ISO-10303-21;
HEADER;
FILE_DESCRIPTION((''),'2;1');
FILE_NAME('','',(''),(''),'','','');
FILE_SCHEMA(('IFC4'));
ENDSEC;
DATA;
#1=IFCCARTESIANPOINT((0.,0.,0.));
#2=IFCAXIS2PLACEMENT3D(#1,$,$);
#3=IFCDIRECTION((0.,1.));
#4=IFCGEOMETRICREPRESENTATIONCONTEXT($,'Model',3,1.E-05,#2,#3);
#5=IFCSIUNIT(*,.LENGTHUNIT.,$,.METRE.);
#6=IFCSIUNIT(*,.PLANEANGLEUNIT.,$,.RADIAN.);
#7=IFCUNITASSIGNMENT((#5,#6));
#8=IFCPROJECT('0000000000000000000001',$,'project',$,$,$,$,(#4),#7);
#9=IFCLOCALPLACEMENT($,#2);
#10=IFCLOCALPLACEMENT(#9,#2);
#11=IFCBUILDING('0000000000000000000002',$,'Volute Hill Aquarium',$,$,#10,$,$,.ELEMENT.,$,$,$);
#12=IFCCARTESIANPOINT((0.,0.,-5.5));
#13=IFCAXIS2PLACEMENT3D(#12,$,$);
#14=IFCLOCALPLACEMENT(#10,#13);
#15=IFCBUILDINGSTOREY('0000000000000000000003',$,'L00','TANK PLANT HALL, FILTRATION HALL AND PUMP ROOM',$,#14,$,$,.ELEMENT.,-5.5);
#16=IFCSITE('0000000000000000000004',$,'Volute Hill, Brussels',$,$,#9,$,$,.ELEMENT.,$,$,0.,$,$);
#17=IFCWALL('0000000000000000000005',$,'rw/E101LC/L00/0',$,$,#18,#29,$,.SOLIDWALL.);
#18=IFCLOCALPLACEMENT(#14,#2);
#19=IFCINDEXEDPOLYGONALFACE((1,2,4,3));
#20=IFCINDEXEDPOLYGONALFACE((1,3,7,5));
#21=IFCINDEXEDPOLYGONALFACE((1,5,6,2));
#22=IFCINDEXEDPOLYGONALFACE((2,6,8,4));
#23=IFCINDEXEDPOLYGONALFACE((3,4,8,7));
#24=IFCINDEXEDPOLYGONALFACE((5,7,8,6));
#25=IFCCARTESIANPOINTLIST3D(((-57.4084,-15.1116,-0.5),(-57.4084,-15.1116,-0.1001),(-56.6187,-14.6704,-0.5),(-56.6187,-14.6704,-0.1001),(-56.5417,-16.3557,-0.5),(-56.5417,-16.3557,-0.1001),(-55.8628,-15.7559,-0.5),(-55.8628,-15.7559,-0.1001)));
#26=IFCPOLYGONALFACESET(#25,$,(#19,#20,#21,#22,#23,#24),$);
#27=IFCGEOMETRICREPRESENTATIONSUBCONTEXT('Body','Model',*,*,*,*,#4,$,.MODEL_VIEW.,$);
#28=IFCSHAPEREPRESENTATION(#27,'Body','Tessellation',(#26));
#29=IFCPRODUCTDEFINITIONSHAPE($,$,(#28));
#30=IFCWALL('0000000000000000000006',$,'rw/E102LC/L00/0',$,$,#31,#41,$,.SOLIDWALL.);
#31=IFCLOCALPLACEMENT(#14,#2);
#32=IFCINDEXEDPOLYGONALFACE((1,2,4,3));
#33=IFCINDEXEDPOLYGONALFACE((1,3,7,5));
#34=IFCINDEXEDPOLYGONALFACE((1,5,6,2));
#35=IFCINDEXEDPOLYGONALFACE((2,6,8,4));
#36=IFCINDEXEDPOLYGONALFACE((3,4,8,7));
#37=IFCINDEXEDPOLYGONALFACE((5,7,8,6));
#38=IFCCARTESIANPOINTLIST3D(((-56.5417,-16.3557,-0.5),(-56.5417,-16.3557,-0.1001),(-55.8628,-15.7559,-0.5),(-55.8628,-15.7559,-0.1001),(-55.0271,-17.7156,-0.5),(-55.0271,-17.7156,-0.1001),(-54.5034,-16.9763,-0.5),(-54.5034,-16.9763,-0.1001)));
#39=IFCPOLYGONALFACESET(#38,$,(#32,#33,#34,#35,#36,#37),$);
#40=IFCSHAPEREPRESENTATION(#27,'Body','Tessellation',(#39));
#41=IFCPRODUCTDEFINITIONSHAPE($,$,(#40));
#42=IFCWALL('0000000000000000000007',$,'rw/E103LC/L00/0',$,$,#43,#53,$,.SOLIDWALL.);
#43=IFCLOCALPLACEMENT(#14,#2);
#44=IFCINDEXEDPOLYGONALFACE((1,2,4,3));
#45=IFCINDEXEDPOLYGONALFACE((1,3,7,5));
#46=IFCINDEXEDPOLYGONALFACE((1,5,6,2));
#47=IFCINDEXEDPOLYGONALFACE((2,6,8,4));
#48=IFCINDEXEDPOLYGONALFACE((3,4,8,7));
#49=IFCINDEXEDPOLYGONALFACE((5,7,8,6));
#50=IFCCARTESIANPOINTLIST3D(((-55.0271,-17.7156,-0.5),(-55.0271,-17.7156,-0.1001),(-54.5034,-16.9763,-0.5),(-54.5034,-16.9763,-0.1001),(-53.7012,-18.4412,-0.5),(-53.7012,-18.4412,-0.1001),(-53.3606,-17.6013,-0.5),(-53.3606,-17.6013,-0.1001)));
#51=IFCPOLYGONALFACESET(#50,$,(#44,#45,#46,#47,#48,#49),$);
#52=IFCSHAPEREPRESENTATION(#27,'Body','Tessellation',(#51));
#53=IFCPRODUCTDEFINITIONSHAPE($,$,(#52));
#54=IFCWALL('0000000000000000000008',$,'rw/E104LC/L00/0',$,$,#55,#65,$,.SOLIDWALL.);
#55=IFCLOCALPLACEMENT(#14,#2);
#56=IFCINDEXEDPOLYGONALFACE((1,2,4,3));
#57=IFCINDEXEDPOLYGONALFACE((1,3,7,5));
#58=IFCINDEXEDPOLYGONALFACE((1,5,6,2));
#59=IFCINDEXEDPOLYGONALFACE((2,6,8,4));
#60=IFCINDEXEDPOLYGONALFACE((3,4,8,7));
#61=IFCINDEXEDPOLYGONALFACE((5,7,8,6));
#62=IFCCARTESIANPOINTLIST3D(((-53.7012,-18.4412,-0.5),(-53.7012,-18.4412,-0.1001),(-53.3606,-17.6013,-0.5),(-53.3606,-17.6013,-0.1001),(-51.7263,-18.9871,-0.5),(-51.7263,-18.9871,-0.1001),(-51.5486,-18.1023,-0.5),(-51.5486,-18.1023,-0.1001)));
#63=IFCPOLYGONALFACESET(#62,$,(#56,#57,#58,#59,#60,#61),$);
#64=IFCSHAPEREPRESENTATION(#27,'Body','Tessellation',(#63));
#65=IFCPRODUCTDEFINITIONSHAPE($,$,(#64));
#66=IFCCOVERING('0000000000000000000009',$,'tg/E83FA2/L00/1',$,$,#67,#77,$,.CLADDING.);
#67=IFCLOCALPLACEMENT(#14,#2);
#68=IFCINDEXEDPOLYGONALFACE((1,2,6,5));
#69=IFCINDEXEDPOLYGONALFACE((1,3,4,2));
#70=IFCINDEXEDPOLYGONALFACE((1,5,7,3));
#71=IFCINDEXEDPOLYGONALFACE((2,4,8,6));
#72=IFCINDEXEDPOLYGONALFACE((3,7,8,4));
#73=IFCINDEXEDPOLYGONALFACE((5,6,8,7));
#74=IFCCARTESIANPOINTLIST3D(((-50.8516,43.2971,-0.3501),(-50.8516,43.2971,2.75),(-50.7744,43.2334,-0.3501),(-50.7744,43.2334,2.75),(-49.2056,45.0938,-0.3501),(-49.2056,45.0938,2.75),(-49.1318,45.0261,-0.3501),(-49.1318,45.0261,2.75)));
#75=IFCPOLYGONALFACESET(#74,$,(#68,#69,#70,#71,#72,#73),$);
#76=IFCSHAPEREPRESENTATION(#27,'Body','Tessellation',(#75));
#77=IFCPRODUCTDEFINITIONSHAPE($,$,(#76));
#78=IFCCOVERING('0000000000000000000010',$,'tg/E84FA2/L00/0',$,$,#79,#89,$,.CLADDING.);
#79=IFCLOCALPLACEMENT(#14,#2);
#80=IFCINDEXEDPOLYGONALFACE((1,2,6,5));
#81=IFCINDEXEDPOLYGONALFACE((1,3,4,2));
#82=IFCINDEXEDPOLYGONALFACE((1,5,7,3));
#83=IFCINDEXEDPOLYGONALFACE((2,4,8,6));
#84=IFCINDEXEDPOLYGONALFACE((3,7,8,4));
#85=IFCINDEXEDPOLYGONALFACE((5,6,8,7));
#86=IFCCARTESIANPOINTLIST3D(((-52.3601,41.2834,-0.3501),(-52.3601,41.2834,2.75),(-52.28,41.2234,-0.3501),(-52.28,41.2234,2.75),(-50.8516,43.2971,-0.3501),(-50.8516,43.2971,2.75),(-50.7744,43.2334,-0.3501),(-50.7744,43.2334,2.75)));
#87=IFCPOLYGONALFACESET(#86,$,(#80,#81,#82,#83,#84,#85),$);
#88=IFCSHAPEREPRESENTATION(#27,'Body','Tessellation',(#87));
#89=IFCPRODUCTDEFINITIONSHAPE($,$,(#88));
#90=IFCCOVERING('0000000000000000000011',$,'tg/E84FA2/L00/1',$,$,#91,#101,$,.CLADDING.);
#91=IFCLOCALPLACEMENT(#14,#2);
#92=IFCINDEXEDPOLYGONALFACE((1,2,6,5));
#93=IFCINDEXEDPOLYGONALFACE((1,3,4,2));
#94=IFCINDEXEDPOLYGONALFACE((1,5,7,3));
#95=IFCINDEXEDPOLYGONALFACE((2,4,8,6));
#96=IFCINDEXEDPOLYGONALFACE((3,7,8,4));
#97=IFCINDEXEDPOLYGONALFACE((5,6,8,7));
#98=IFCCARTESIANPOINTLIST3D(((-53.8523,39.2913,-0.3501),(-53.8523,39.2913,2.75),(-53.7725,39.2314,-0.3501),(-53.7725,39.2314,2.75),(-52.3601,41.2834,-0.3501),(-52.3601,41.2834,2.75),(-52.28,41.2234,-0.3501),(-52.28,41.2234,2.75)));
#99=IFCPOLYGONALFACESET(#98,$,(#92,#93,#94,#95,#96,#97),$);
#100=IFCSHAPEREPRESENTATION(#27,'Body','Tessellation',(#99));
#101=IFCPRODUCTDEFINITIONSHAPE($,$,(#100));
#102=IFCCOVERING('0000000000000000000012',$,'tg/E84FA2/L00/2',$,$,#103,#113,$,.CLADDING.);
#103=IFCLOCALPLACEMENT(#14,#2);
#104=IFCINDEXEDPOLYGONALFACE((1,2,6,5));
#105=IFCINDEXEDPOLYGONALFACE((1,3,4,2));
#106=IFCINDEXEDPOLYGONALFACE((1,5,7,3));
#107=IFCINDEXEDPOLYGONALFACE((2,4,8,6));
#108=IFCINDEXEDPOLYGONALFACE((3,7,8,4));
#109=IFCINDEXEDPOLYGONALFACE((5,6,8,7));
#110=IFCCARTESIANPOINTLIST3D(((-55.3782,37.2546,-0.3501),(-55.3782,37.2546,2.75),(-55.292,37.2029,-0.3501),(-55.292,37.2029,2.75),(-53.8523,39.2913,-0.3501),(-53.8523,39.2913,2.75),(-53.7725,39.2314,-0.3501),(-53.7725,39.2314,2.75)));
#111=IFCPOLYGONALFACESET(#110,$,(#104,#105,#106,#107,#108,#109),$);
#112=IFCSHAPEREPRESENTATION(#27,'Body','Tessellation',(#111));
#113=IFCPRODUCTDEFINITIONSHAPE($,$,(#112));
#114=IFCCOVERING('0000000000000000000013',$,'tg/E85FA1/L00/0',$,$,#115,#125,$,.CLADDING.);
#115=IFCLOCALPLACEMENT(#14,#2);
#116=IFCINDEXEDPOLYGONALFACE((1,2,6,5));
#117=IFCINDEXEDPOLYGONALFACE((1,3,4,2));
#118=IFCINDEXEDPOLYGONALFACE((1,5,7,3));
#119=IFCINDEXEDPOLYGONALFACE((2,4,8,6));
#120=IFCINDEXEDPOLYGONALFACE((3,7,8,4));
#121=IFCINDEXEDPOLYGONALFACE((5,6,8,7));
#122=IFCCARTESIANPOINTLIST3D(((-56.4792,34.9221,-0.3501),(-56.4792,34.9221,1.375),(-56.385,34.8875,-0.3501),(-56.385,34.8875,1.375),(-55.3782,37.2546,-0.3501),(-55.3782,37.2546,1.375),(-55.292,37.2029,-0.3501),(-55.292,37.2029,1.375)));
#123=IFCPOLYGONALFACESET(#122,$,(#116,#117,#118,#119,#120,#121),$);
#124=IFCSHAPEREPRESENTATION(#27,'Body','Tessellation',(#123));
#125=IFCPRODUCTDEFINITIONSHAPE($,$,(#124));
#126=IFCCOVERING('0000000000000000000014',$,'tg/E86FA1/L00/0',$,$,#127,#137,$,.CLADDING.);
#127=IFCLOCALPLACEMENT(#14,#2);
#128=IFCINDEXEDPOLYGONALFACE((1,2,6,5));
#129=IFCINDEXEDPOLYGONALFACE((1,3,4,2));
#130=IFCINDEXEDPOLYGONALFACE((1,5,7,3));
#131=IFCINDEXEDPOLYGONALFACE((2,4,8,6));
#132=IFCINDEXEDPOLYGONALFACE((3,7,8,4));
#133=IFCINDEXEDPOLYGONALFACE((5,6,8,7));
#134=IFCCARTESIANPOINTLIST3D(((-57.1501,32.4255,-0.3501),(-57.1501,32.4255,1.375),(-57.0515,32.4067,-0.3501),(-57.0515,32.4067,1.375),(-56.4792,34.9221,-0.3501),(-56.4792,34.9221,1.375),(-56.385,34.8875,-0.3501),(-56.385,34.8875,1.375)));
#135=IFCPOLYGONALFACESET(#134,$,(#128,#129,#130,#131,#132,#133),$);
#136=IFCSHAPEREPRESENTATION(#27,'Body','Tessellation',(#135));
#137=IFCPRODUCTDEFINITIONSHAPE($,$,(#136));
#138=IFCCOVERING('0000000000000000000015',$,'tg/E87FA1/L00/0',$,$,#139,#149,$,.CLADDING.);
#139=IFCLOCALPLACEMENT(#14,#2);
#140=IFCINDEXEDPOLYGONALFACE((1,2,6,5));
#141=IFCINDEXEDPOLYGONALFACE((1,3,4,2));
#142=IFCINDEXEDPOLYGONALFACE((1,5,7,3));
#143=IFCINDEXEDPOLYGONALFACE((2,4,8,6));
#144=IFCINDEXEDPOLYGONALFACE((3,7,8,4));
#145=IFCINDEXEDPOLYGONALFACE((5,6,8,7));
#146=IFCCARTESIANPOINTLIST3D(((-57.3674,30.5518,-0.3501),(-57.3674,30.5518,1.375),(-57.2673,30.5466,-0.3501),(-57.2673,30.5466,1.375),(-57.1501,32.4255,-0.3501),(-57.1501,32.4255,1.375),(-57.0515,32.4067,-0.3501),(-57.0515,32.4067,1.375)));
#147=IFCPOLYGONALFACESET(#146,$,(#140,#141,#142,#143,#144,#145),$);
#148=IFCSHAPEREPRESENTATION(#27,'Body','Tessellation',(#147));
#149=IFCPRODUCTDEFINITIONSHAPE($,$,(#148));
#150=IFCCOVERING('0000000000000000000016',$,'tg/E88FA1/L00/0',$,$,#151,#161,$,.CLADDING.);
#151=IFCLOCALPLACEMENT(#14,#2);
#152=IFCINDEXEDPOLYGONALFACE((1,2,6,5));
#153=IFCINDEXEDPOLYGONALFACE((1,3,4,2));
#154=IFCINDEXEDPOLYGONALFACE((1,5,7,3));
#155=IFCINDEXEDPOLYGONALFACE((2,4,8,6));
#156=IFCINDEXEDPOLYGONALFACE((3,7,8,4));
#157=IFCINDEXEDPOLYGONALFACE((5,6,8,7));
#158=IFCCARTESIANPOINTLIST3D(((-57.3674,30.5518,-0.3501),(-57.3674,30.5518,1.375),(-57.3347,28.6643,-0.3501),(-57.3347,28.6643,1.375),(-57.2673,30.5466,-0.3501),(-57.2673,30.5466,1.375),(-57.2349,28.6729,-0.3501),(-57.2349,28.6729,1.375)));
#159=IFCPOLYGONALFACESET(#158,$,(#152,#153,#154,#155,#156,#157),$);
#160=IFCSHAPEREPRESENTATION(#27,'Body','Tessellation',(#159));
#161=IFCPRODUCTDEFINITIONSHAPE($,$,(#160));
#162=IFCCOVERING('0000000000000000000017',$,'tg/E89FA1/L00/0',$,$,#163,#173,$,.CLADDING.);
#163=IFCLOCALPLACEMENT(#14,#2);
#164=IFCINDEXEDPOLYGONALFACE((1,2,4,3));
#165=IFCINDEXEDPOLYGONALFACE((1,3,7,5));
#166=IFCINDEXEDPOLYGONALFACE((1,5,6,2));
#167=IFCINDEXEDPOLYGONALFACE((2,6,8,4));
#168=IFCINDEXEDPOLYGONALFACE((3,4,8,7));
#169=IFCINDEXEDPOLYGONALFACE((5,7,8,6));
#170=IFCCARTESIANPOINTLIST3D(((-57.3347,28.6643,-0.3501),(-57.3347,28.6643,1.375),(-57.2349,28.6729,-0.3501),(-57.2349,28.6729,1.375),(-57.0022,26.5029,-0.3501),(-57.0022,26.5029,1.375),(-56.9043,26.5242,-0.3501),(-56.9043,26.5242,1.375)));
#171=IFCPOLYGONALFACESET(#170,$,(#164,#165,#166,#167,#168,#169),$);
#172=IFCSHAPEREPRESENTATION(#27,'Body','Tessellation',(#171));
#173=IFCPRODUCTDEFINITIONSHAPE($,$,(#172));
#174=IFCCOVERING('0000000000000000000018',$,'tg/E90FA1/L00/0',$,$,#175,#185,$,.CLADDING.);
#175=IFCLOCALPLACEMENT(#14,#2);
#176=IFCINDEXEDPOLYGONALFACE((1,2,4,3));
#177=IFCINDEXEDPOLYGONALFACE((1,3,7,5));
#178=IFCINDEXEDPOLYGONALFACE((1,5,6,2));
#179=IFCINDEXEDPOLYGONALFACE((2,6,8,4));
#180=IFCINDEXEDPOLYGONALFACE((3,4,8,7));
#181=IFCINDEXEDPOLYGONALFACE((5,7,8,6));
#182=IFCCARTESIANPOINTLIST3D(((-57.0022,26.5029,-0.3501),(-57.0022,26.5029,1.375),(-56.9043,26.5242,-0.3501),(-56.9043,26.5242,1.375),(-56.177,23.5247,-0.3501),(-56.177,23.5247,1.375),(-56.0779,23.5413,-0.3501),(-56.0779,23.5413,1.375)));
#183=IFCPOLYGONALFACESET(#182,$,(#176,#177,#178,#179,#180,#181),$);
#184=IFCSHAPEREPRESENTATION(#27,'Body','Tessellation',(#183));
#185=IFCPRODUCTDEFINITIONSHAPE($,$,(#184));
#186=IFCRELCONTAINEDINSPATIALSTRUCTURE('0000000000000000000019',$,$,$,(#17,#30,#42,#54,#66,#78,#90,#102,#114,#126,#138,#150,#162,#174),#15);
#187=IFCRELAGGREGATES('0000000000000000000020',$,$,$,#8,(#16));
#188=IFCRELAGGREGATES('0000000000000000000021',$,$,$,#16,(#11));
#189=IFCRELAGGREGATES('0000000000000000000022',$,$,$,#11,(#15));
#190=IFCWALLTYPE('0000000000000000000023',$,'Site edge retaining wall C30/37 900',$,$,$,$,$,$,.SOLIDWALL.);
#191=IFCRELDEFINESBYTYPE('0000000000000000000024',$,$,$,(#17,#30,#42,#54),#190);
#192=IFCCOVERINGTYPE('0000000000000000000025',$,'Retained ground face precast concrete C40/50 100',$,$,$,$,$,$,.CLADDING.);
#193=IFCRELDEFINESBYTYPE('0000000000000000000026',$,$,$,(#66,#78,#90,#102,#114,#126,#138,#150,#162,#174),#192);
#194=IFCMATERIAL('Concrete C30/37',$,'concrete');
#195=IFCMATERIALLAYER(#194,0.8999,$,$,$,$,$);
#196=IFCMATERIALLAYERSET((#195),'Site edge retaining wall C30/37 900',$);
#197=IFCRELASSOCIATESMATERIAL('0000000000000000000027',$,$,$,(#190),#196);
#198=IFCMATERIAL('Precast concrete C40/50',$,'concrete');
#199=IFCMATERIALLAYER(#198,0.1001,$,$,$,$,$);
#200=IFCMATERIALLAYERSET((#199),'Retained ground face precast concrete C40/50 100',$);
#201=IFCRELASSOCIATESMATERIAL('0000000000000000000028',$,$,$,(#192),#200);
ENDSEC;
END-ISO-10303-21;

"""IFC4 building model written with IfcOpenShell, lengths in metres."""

from ifc_helpers import new_model, si_unit, direction, frame, origin, place, context, subcontext, project, spatial, polyline, outline, extrude, material, layer, layer_set, type_object, element, save


model = new_model("IFC4")

# Units and contexts
model_context = context("Model", 3, precision=1e-05, world=origin(), true_north=direction((0.0, 1.0)))
body_context = subcontext(model_context, "Body", "Model", "MODEL_VIEW")
ifc_project = project(units=[si_unit("LENGTHUNIT", "METRE"), si_unit("PLANEANGLEUNIT", "RADIAN")], contexts=[model_context])

# Site, building, storey
site_placement = place(None, origin())
site = spatial("IfcSite", under=ifc_project, at=site_placement, Name="Volute Hill, Brussels", CompositionType="ELEMENT", RefElevation=0.0)
building_placement = place(site_placement, origin())
building = spatial("IfcBuilding", under=site, at=building_placement, Name="Volute Hill Aquarium", CompositionType="ELEMENT")
storey_placement = place(building_placement, frame((0.0, 0.0, -5.5)))
storey = spatial("IfcBuildingStorey", under=building, at=storey_placement, Name="L00", Description="TANK PLANT HALL, FILTRATION HALL AND PUMP ROOM", CompositionType="ELEMENT", Elevation=-5.5)

# Walls
ifc_material_1 = material(Name="Concrete C30/37", Category="concrete")
ifc_layer_1 = layer(ifc_material_1, 0.8999)
ifc_layer_set_1 = layer_set([ifc_layer_1], Name="Site edge retaining wall C30/37 900")
wall_type = type_object("IfcWallType", Name="Site edge retaining wall C30/37 900", PredefinedType="SOLIDWALL", material=ifc_layer_set_1)
wall_1_placement = place(storey_placement, frame((0.0, 0.0, -0.5)))
element("IfcWall", 1, at=wall_1_placement, inside=storey, type_object=wall_type, Name="rw/E101LC/L00/0", PredefinedType="SOLIDWALL", context=body_context, shape_type="SweptSolid", body=[
    extrude(outline(polyline([(-56.5417, -16.3557), (-56.5417, -16.3557), (-55.8628, -15.7559), (-55.8628, -15.7559), (-56.6187, -14.6704), (-56.6187, -14.6704), (-57.4084, -15.1116), (-57.4084, -15.1116), (-56.5417, -16.3557)])), origin(), (0.0, 0.0, 1.0), 0.3999),
])
wall_2_placement = place(storey_placement, frame((0.0, 0.0, -0.5)))
element("IfcWall", 2, at=wall_2_placement, inside=storey, type_object=wall_type, Name="rw/E102LC/L00/0", PredefinedType="SOLIDWALL", context=body_context, shape_type="SweptSolid", body=[
    extrude(outline(polyline([(-56.5417, -16.3557), (-55.0271, -17.7156), (-54.5034, -16.9763), (-55.8628, -15.7559), (-56.5417, -16.3557)])), origin(), (0.0, 0.0, 1.0), 0.3999),
])
wall_3_placement = place(storey_placement, frame((0.0, 0.0, -0.5)))
element("IfcWall", 3, at=wall_3_placement, inside=storey, type_object=wall_type, Name="rw/E103LC/L00/0", PredefinedType="SOLIDWALL", context=body_context, shape_type="SweptSolid", body=[
    extrude(outline(polyline([(-55.0271, -17.7156), (-53.7012, -18.4412), (-53.7012, -18.4412), (-53.3606, -17.6013), (-53.3606, -17.6013), (-54.5034, -16.9763), (-54.5034, -16.9763), (-55.0271, -17.7156), (-55.0271, -17.7156)])), origin(), (0.0, 0.0, 1.0), 0.3999),
])
wall_4_placement = place(storey_placement, frame((0.0, 0.0, -0.5)))
element("IfcWall", 4, at=wall_4_placement, inside=storey, type_object=wall_type, Name="rw/E104LC/L00/0", PredefinedType="SOLIDWALL", context=body_context, shape_type="SweptSolid", body=[
    extrude(outline(polyline([(-53.7012, -18.4412), (-51.7263, -18.9871), (-51.5486, -18.1023), (-53.3606, -17.6013), (-53.7012, -18.4412)])), origin(), (0.0, 0.0, 1.0), 0.3999),
])

# Coverings
ifc_material_2 = material(Name="Precast concrete C40/50", Category="concrete")
ifc_layer_2 = layer(ifc_material_2, 0.1001)
ifc_layer_set_2 = layer_set([ifc_layer_2], Name="Retained ground face precast concrete C40/50 100")
covering_type = type_object("IfcCoveringType", Name="Retained ground face precast concrete C40/50 100", PredefinedType="CLADDING", material=ifc_layer_set_2)
covering_1_placement = place(storey_placement, frame((0.0, 0.0, -0.3501)))
element("IfcCovering", 5, at=covering_1_placement, inside=storey, type_object=covering_type, Name="tg/E83FA2/L00/1", PredefinedType="CLADDING", context=body_context, shape_type="SweptSolid", body=[
    extrude(outline(polyline([(-49.2056, 45.0938), (-50.8516, 43.2971), (-50.7744, 43.2334), (-50.7744, 43.2334), (-49.1318, 45.0261), (-49.2056, 45.0938)])), origin(), (0.0, 0.0, 1.0), 3.1001),
])
covering_2_placement = place(storey_placement, frame((0.0, 0.0, -0.3501)))
element("IfcCovering", 6, at=covering_2_placement, inside=storey, type_object=covering_type, Name="tg/E84FA2/L00/0", PredefinedType="CLADDING", context=body_context, shape_type="SweptSolid", body=[
    extrude(outline(polyline([(-50.8516, 43.2971), (-52.3601, 41.2834), (-52.28, 41.2234), (-50.7744, 43.2334), (-50.8516, 43.2971), (-50.8516, 43.2971)])), origin(), (0.0, 0.0, 1.0), 3.1001),
])
covering_3_placement = place(storey_placement, frame((0.0, 0.0, -0.3501)))
element("IfcCovering", 7, at=covering_3_placement, inside=storey, type_object=covering_type, Name="tg/E84FA2/L00/1", PredefinedType="CLADDING", context=body_context, shape_type="SweptSolid", body=[
    extrude(outline(polyline([(-52.3601, 41.2834), (-53.8523, 39.2913), (-53.7725, 39.2314), (-52.28, 41.2234), (-52.3601, 41.2834)])), origin(), (0.0, 0.0, 1.0), 3.1001),
])
covering_4_placement = place(storey_placement, frame((0.0, 0.0, -0.3501)))
element("IfcCovering", 8, at=covering_4_placement, inside=storey, type_object=covering_type, Name="tg/E84FA2/L00/2", PredefinedType="CLADDING", context=body_context, shape_type="SweptSolid", body=[
    extrude(outline(polyline([(-53.8523, 39.2913), (-55.3782, 37.2546), (-55.292, 37.2029), (-53.7725, 39.2314), (-53.8523, 39.2913)])), origin(), (0.0, 0.0, 1.0), 3.1001),
])
covering_5_placement = place(storey_placement, frame((0.0, 0.0, -0.3501)))
element("IfcCovering", 9, at=covering_5_placement, inside=storey, type_object=covering_type, Name="tg/E85FA1/L00/0", PredefinedType="CLADDING", context=body_context, shape_type="SweptSolid", body=[
    extrude(outline(polyline([(-56.4792, 34.9221), (-56.4792, 34.9221), (-56.385, 34.8875), (-56.385, 34.8875), (-55.292, 37.2029), (-55.292, 37.2029), (-55.3782, 37.2546), (-56.4792, 34.9221)])), origin(), (0.0, 0.0, 1.0), 1.7251),
])
covering_6_placement = place(storey_placement, frame((0.0, 0.0, -0.3501)))
element("IfcCovering", 10, at=covering_6_placement, inside=storey, type_object=covering_type, Name="tg/E86FA1/L00/0", PredefinedType="CLADDING", context=body_context, shape_type="SweptSolid", body=[
    extrude(outline(polyline([(-57.1501, 32.4255), (-57.1501, 32.4255), (-57.0515, 32.4067), (-56.385, 34.8875), (-56.4792, 34.9221), (-57.1501, 32.4255)])), origin(), (0.0, 0.0, 1.0), 1.7251),
])
covering_7_placement = place(storey_placement, frame((0.0, 0.0, -0.3501)))
element("IfcCovering", 11, at=covering_7_placement, inside=storey, type_object=covering_type, Name="tg/E87FA1/L00/0", PredefinedType="CLADDING", context=body_context, shape_type="SweptSolid", body=[
    extrude(outline(polyline([(-57.1501, 32.4255), (-57.3674, 30.5518), (-57.2673, 30.5466), (-57.2673, 30.5466), (-57.0515, 32.4067), (-57.0515, 32.4067), (-57.1501, 32.4255)])), origin(), (0.0, 0.0, 1.0), 1.7251),
])
covering_8_placement = place(storey_placement, frame((0.0, 0.0, -0.3501)))
element("IfcCovering", 12, at=covering_8_placement, inside=storey, type_object=covering_type, Name="tg/E88FA1/L00/0", PredefinedType="CLADDING", context=body_context, shape_type="SweptSolid", body=[
    extrude(outline(polyline([(-57.3347, 28.6643), (-57.3347, 28.6643), (-57.2349, 28.6729), (-57.2349, 28.6729), (-57.2673, 30.5466), (-57.3674, 30.5518), (-57.3347, 28.6643)])), origin(), (0.0, 0.0, 1.0), 1.7251),
])
covering_9_placement = place(storey_placement, frame((0.0, 0.0, -0.3501)))
element("IfcCovering", 13, at=covering_9_placement, inside=storey, type_object=covering_type, Name="tg/E89FA1/L00/0", PredefinedType="CLADDING", context=body_context, shape_type="SweptSolid", body=[
    extrude(outline(polyline([(-57.3347, 28.6643), (-57.0022, 26.5029), (-56.9043, 26.5242), (-57.2349, 28.6729), (-57.3347, 28.6643)])), origin(), (0.0, 0.0, 1.0), 1.7251),
])
covering_10_placement = place(storey_placement, frame((0.0, 0.0, -0.3501)))
element("IfcCovering", 14, at=covering_10_placement, inside=storey, type_object=covering_type, Name="tg/E90FA1/L00/0", PredefinedType="CLADDING", context=body_context, shape_type="SweptSolid", body=[
    extrude(outline(polyline([(-56.177, 23.5247), (-56.177, 23.5247), (-56.0779, 23.5413), (-56.0779, 23.5413), (-56.9043, 26.5242), (-56.9043, 26.5242), (-57.0022, 26.5029), (-57.0022, 26.5029), (-56.177, 23.5247)])), origin(), (0.0, 0.0, 1.0), 1.7251),
])

save(model, "model.ifc")
